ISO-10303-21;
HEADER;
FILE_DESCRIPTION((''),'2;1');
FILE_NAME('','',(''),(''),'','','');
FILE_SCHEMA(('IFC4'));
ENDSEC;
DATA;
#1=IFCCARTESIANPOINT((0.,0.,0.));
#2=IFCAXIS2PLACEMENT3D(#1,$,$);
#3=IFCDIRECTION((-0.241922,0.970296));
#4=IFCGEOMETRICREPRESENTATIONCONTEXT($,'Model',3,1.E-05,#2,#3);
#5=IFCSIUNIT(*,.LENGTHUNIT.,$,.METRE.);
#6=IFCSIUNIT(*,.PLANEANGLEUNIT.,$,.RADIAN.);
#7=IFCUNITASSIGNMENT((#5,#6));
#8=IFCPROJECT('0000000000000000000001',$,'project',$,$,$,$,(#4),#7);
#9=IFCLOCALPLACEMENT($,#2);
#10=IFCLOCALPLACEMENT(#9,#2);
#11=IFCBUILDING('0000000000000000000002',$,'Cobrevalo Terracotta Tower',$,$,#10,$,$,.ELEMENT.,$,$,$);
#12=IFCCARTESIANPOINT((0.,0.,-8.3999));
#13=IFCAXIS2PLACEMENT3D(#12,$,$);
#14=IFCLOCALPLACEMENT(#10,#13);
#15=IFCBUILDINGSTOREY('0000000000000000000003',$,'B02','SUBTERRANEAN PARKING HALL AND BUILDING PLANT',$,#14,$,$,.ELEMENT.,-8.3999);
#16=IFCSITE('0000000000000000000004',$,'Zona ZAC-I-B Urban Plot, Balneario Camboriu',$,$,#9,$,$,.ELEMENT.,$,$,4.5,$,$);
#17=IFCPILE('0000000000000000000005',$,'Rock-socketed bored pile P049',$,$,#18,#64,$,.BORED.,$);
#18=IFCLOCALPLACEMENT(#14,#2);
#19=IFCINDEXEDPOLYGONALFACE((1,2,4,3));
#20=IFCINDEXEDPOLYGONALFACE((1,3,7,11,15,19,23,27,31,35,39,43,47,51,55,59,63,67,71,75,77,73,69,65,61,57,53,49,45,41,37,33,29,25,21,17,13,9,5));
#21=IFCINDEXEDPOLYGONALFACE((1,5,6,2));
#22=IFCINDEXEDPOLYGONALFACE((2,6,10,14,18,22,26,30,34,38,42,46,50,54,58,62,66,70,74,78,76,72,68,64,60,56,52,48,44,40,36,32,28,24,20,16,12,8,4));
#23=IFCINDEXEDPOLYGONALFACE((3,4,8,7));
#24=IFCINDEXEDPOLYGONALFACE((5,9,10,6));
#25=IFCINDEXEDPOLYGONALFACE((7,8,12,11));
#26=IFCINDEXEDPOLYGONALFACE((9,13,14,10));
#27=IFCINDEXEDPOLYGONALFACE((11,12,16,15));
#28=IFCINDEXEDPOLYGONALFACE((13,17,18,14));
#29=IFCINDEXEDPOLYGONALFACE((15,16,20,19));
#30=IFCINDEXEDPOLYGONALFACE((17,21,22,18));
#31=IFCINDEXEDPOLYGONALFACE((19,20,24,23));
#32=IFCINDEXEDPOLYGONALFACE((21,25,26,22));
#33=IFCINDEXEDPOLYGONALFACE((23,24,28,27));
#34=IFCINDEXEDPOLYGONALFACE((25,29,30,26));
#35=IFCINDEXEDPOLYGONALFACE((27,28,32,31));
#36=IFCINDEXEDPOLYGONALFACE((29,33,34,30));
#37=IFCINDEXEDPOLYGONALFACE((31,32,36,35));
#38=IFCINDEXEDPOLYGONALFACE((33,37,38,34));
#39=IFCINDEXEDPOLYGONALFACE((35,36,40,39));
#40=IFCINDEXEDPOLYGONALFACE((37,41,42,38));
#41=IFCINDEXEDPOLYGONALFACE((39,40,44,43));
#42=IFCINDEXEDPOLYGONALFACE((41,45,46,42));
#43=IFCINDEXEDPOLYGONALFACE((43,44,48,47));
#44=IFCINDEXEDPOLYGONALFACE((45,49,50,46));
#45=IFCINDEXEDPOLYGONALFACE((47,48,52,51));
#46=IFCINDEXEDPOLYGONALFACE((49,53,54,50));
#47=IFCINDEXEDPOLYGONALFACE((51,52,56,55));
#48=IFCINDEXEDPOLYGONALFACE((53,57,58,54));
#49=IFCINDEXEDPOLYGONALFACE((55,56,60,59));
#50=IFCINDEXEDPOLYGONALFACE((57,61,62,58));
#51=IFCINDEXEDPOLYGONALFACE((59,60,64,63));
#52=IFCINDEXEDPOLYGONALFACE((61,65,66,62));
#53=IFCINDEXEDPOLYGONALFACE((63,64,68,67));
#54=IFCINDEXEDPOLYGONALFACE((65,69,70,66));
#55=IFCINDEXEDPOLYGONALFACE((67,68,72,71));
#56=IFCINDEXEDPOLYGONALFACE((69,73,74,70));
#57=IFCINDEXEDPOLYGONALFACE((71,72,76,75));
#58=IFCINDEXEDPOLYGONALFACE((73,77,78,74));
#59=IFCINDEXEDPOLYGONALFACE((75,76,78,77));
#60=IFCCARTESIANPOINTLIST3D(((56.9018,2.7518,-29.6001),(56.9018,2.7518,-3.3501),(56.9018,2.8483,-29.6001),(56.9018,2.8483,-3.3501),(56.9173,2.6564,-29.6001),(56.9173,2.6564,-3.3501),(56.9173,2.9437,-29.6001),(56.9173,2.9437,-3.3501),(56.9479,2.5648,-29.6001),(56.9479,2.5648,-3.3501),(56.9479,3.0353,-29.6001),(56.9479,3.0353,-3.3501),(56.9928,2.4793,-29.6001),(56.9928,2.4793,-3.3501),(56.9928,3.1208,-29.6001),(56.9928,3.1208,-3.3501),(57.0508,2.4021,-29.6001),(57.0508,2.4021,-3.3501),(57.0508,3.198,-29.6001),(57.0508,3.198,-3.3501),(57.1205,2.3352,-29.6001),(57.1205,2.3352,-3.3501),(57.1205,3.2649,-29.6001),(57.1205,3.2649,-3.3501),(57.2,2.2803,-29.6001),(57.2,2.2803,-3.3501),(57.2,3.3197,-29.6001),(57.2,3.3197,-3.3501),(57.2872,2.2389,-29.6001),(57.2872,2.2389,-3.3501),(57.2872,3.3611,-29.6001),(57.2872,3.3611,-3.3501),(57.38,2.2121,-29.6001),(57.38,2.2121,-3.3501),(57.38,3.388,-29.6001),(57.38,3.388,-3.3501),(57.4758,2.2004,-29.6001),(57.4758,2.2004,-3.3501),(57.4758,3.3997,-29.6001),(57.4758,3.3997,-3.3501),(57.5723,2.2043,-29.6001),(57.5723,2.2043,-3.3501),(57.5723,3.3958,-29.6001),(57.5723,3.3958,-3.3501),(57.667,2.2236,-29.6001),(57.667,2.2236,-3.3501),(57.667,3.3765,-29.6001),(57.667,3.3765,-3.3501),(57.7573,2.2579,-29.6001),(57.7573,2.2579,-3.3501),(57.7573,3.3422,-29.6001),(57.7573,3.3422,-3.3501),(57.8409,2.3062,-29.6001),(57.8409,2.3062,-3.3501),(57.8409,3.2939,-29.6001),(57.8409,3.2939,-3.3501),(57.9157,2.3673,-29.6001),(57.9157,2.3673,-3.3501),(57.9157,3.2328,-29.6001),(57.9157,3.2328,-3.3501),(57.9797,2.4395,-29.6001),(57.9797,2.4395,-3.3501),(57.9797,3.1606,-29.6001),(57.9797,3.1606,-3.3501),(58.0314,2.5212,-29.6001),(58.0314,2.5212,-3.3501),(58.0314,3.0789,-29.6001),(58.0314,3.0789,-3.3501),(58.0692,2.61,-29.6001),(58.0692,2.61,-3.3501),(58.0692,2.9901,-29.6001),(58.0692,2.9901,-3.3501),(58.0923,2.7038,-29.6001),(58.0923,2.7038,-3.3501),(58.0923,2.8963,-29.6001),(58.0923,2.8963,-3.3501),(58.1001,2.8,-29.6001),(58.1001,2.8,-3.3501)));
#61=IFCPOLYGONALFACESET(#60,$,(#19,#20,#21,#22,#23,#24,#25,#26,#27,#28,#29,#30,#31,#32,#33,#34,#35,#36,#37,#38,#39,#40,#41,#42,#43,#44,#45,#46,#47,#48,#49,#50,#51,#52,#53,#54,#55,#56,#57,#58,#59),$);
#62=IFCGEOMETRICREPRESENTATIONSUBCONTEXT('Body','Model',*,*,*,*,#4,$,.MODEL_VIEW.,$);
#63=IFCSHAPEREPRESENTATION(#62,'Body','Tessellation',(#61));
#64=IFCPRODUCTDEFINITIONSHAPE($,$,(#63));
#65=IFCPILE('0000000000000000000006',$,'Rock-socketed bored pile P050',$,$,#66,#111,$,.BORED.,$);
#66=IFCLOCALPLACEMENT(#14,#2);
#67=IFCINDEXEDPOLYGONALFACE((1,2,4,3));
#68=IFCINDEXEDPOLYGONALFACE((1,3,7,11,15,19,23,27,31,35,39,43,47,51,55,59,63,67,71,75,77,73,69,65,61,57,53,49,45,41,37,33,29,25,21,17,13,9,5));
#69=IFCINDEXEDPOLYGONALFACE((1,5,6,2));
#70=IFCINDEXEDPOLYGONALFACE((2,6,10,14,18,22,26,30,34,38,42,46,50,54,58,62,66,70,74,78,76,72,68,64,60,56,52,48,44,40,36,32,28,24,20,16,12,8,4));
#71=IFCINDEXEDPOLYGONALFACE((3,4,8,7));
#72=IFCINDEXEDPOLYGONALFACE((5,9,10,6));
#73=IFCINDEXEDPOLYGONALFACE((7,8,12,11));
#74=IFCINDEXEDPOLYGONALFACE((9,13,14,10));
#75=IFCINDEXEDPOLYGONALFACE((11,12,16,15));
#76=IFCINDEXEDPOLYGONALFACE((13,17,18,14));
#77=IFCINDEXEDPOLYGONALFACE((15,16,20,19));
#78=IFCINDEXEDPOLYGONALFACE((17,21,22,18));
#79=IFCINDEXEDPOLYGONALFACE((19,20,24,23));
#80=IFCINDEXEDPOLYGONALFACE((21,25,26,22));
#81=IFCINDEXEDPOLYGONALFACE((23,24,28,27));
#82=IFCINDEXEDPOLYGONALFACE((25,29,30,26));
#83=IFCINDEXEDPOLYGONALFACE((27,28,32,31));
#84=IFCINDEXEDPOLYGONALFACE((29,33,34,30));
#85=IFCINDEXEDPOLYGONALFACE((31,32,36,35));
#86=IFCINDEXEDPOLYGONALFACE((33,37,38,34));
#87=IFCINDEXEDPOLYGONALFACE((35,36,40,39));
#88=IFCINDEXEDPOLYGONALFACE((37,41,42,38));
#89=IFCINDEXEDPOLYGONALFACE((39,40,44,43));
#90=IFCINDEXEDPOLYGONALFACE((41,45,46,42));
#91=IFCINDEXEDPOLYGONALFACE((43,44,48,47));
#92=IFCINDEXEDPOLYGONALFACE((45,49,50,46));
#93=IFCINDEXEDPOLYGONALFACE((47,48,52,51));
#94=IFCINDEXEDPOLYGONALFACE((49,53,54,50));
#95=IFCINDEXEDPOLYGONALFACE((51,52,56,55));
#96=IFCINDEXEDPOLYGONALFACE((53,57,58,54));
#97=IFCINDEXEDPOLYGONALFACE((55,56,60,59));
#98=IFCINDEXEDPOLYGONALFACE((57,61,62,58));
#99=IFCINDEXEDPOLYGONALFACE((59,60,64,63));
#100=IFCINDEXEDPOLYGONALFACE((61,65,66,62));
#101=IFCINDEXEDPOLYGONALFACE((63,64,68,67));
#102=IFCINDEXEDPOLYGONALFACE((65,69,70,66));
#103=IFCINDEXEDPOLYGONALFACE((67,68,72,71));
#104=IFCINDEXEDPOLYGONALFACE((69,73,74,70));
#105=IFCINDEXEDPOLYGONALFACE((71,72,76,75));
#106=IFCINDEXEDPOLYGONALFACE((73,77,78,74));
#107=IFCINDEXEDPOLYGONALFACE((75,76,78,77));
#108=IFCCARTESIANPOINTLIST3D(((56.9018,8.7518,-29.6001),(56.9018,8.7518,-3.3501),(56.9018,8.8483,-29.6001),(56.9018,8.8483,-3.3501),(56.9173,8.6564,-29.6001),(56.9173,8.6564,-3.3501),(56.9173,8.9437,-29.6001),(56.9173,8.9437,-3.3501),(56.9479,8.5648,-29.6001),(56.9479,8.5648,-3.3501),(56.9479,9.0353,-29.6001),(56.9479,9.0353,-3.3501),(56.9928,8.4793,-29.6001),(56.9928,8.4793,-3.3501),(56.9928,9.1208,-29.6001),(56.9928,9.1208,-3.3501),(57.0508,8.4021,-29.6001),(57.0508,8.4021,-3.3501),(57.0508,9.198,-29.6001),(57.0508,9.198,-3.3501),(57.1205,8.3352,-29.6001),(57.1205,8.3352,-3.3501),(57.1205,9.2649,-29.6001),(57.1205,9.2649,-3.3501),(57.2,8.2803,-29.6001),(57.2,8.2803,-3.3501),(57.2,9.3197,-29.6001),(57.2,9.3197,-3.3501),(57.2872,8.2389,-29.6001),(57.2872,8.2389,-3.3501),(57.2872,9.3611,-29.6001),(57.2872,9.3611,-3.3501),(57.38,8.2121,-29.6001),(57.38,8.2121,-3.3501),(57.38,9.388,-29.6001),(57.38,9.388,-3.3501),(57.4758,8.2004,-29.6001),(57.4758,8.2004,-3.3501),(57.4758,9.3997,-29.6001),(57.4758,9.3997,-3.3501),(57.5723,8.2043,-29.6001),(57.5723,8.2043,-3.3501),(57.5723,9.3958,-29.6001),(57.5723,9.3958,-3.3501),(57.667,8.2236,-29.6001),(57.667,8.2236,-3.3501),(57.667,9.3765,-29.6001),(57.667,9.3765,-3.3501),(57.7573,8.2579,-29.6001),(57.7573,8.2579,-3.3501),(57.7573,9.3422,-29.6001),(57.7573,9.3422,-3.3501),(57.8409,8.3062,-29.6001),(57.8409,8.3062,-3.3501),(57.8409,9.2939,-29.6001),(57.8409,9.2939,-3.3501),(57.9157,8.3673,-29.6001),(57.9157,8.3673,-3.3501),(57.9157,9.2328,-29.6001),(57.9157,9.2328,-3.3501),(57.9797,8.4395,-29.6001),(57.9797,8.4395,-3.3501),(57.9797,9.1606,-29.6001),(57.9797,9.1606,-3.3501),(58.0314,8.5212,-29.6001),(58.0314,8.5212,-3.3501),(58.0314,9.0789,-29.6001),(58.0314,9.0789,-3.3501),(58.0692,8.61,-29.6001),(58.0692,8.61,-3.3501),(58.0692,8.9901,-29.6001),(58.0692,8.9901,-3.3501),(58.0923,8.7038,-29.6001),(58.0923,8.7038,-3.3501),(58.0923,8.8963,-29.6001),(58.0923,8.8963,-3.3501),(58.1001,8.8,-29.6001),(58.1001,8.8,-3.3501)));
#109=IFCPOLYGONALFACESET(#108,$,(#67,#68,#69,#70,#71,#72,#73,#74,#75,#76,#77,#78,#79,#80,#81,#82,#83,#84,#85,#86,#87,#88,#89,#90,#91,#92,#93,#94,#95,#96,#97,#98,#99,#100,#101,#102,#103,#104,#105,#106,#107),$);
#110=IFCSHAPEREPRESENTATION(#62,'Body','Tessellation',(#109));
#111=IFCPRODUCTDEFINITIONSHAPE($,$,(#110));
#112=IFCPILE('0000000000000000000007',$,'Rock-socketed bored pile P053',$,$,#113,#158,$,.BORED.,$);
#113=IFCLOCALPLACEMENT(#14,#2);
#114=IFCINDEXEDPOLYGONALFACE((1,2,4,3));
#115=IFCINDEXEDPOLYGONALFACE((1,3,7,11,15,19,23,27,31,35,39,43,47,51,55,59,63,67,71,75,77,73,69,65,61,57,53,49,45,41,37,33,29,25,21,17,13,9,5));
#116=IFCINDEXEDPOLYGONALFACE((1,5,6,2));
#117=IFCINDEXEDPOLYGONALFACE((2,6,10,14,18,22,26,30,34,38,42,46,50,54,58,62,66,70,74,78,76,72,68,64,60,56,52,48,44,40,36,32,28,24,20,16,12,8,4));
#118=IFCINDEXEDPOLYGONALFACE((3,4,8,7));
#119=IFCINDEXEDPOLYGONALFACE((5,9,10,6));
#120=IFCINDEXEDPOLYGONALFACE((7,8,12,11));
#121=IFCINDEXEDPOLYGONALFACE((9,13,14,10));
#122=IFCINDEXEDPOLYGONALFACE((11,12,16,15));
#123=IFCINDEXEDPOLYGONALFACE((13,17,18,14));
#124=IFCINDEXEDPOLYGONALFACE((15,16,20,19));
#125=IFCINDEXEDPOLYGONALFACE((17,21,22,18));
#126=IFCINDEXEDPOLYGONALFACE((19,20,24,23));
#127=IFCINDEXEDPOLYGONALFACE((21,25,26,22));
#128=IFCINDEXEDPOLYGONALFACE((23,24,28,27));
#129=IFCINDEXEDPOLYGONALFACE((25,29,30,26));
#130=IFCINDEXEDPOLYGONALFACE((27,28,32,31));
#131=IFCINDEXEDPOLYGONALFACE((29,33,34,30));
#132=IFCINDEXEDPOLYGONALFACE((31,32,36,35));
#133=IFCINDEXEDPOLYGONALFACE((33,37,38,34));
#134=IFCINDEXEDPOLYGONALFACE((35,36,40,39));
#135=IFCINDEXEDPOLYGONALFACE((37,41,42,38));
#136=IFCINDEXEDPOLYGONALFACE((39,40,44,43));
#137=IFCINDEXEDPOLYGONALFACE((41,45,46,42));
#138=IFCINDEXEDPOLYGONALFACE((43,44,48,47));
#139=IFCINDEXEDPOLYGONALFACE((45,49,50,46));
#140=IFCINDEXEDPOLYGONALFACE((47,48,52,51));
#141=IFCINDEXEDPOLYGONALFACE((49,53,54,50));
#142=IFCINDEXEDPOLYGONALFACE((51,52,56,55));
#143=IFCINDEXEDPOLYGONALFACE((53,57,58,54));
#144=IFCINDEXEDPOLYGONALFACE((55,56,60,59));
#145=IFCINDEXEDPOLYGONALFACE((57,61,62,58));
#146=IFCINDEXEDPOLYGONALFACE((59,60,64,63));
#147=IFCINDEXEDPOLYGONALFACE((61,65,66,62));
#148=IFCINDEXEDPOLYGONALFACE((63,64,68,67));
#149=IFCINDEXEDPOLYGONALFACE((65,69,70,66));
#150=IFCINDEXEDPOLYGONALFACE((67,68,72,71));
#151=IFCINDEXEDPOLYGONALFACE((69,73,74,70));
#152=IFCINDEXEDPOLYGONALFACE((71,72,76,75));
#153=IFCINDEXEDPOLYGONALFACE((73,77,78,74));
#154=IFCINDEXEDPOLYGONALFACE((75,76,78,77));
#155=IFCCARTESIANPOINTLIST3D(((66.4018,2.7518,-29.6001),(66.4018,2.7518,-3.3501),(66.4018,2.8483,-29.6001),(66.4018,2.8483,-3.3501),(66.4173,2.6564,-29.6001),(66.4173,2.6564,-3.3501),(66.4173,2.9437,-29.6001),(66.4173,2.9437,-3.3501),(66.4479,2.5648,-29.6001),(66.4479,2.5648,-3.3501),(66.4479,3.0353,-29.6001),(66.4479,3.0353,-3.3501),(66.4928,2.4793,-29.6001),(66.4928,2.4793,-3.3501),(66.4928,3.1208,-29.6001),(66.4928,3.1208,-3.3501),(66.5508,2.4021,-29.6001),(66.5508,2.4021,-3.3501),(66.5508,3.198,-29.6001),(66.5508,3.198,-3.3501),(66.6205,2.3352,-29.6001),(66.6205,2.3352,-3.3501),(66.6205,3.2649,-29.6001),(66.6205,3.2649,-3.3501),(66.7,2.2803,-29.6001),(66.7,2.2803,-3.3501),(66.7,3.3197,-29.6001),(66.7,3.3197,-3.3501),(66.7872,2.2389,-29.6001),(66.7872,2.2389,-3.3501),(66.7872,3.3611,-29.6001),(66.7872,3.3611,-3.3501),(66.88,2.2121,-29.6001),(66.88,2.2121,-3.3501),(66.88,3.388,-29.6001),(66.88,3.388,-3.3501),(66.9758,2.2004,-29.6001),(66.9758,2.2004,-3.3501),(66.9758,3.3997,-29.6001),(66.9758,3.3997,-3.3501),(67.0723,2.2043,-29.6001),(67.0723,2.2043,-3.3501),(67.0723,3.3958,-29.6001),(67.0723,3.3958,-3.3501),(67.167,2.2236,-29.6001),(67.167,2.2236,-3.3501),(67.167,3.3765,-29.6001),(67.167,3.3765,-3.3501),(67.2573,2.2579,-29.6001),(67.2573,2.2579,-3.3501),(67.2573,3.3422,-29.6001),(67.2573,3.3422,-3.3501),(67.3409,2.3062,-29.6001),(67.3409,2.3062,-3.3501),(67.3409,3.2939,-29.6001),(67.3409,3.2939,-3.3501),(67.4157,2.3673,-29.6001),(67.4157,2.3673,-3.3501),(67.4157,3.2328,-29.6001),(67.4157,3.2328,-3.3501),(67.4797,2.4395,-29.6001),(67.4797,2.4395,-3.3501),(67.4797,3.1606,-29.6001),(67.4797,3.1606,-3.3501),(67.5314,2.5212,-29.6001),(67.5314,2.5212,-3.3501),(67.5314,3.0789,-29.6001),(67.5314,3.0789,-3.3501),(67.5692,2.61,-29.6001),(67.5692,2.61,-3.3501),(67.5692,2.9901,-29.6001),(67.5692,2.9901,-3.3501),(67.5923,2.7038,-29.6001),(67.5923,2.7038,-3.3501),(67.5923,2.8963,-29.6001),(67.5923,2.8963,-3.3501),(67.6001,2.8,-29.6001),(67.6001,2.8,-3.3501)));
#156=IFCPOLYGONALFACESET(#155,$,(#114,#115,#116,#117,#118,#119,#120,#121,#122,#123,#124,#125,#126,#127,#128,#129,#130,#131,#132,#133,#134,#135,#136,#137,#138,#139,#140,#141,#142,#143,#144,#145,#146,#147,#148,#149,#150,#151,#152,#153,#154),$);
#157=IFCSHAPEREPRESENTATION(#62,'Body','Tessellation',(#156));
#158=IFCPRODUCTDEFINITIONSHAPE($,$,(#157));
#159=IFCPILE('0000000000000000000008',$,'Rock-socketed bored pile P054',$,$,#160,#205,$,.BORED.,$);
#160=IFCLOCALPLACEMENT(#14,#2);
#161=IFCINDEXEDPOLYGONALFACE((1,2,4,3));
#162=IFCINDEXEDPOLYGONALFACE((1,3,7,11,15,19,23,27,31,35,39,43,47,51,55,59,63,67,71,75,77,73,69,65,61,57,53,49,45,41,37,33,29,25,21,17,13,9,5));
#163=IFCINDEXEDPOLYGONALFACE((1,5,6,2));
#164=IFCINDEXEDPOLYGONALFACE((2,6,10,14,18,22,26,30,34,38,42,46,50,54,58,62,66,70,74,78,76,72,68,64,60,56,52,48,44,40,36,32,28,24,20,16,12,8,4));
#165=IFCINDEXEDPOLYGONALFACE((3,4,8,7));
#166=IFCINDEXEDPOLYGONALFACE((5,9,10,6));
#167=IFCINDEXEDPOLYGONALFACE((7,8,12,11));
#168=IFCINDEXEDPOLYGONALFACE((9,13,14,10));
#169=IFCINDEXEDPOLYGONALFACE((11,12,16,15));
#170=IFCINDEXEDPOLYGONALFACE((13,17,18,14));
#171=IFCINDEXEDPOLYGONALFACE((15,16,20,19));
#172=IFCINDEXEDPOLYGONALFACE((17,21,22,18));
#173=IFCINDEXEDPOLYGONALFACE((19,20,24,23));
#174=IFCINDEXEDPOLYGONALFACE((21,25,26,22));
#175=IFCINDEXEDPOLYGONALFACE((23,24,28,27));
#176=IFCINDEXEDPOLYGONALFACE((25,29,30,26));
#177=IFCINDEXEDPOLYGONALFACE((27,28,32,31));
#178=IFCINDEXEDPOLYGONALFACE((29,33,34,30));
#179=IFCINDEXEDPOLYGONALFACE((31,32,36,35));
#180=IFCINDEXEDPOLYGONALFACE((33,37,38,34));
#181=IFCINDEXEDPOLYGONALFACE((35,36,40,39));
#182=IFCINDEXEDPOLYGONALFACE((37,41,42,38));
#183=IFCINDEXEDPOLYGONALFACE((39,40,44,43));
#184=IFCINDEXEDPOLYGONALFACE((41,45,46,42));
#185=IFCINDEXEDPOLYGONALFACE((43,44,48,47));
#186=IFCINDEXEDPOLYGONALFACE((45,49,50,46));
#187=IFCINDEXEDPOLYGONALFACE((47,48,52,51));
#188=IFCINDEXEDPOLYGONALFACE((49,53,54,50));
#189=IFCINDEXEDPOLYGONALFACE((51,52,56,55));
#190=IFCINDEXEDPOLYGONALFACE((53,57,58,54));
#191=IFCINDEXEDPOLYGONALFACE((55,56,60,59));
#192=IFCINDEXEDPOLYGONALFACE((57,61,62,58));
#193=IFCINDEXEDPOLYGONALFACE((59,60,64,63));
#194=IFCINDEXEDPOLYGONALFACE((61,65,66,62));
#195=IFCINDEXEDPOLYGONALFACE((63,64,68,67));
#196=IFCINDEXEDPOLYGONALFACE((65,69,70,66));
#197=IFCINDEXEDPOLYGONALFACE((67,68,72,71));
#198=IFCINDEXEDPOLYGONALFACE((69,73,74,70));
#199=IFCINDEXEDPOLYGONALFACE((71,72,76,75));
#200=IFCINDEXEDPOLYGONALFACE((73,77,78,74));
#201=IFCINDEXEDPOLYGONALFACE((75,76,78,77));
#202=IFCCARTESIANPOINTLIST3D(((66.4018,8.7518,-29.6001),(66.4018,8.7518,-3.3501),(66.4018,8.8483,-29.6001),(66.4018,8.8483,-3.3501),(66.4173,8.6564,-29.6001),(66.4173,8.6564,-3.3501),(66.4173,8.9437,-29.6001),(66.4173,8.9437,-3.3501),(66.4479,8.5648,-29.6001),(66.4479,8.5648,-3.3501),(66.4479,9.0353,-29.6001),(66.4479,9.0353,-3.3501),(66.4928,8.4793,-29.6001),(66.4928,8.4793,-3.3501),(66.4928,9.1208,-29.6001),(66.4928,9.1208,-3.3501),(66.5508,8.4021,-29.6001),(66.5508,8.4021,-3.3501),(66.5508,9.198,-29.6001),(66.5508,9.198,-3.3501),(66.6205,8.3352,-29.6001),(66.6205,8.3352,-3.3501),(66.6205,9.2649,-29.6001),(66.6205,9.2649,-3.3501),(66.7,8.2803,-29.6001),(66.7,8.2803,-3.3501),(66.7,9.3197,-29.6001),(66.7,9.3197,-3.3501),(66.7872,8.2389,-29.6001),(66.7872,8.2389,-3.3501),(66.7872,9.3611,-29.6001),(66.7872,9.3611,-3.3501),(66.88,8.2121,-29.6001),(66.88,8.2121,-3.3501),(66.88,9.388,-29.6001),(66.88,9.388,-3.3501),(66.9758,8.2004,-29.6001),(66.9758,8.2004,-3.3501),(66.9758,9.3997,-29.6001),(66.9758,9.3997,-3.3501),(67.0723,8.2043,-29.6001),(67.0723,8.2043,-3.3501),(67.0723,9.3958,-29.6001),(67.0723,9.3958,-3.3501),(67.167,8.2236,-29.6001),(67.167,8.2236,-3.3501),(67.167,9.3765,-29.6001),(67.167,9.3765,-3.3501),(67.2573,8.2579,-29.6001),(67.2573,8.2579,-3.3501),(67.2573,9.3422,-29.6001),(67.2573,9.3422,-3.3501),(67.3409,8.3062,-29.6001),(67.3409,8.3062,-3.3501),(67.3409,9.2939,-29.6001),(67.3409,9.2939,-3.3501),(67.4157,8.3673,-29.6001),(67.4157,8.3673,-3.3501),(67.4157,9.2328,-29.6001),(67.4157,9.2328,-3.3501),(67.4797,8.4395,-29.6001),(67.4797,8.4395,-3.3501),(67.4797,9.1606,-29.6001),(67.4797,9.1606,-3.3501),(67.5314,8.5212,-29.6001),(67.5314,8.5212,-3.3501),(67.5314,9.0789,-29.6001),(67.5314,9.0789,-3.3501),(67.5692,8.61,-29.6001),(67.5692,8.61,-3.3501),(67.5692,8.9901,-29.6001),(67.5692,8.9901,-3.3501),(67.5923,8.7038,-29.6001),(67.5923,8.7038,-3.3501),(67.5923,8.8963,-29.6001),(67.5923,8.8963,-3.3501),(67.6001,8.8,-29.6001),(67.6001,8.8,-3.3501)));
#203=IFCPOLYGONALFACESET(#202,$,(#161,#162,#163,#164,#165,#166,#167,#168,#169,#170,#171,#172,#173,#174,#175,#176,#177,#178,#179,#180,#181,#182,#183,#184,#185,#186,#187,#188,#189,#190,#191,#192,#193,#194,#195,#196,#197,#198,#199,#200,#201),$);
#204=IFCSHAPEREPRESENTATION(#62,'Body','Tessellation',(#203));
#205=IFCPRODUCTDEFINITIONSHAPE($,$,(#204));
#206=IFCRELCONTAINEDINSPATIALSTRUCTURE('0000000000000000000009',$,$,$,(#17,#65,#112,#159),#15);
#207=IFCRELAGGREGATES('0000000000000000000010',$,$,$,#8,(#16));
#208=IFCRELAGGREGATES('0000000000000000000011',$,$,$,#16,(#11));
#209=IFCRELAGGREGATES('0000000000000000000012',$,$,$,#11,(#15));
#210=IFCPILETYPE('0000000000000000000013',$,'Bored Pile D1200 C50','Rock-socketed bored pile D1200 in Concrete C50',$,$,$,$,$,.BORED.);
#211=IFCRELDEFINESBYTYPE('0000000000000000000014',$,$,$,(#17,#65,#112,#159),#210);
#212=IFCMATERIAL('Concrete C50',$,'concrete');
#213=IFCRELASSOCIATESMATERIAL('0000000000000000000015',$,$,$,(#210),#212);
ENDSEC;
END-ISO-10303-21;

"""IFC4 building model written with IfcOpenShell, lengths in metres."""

from ifc_helpers import new_model, si_unit, direction, frame, origin, origin_2d, place, context, subcontext, project, spatial, circle, extrude, material, material_profile, profile_set, type_object, element, save


model = new_model("IFC4")

# Units and contexts
model_context = context("Model", 3, precision=1e-05, world=origin(), true_north=direction((-0.241922, 0.970296)))
body_context = subcontext(model_context, "Body", "Model", "MODEL_VIEW")
ifc_project = project(units=[si_unit("LENGTHUNIT", "METRE"), si_unit("PLANEANGLEUNIT", "RADIAN")], contexts=[model_context])

# Site, building, storey
site_placement = place(None, origin())
site = spatial("IfcSite", under=ifc_project, at=site_placement, Name="Zona ZAC-I-B Urban Plot, Balneario Camboriu", CompositionType="ELEMENT", RefElevation=4.5)
building_placement = place(site_placement, origin())
building = spatial("IfcBuilding", under=site, at=building_placement, Name="Cobrevalo Terracotta Tower", CompositionType="ELEMENT")
storey_placement = place(building_placement, frame((0.0, 0.0, -8.3999)))
storey = spatial("IfcBuildingStorey", under=building, at=storey_placement, Name="B02", Description="SUBTERRANEAN PARKING HALL AND BUILDING PLANT", CompositionType="ELEMENT", Elevation=-8.3999)

# Piles
ifc_material_1 = material(Name="Concrete C50", Category="concrete")
ifc_material_profile_1 = material_profile(ifc_material_1, circle(Radius=0.6001, at=origin_2d()), Name="PILE D1200")
ifc_profile_set_1 = profile_set([ifc_material_profile_1], Name="Concrete C50")
pile_type = type_object("IfcPileType", Name="Bored Pile D1200 C50", Description="Rock-socketed bored pile D1200 in Concrete C50", PredefinedType="BORED", material=ifc_profile_set_1)
for number, where, z_axis, x_axis, name in (
    (1, (57.5, 2.8, -3.3501), (0.0, 0.0, -1.0), (1.0, 0.0, 0.0), "Rock-socketed bored pile P049"),
    (2, (57.5, 8.8, -3.3501), (0.0, 0.0, -1.0), (1.0, 0.0, 0.0), "Rock-socketed bored pile P050"),
    (3, (67.0, 2.8, -3.3501), (0.0, 0.0, -1.0), (1.0, 0.0, 0.0), "Rock-socketed bored pile P053"),
    (4, (67.0, 8.8, -3.3501), (0.0, 0.0, -1.0), (1.0, 0.0, 0.0), "Rock-socketed bored pile P054"),
):
    element("IfcPile", number, at=place(storey_placement, frame(where, z_axis=z_axis, x_axis=x_axis)), inside=storey, type_object=pile_type, Name=name, PredefinedType="BORED", context=body_context, shape_type="SweptSolid", body=[
        extrude(circle(Radius=0.6001, at=origin_2d()), origin(), (0.0, 0.0, 1.0), 26.25),
    ])

save(model, "model.ifc")
